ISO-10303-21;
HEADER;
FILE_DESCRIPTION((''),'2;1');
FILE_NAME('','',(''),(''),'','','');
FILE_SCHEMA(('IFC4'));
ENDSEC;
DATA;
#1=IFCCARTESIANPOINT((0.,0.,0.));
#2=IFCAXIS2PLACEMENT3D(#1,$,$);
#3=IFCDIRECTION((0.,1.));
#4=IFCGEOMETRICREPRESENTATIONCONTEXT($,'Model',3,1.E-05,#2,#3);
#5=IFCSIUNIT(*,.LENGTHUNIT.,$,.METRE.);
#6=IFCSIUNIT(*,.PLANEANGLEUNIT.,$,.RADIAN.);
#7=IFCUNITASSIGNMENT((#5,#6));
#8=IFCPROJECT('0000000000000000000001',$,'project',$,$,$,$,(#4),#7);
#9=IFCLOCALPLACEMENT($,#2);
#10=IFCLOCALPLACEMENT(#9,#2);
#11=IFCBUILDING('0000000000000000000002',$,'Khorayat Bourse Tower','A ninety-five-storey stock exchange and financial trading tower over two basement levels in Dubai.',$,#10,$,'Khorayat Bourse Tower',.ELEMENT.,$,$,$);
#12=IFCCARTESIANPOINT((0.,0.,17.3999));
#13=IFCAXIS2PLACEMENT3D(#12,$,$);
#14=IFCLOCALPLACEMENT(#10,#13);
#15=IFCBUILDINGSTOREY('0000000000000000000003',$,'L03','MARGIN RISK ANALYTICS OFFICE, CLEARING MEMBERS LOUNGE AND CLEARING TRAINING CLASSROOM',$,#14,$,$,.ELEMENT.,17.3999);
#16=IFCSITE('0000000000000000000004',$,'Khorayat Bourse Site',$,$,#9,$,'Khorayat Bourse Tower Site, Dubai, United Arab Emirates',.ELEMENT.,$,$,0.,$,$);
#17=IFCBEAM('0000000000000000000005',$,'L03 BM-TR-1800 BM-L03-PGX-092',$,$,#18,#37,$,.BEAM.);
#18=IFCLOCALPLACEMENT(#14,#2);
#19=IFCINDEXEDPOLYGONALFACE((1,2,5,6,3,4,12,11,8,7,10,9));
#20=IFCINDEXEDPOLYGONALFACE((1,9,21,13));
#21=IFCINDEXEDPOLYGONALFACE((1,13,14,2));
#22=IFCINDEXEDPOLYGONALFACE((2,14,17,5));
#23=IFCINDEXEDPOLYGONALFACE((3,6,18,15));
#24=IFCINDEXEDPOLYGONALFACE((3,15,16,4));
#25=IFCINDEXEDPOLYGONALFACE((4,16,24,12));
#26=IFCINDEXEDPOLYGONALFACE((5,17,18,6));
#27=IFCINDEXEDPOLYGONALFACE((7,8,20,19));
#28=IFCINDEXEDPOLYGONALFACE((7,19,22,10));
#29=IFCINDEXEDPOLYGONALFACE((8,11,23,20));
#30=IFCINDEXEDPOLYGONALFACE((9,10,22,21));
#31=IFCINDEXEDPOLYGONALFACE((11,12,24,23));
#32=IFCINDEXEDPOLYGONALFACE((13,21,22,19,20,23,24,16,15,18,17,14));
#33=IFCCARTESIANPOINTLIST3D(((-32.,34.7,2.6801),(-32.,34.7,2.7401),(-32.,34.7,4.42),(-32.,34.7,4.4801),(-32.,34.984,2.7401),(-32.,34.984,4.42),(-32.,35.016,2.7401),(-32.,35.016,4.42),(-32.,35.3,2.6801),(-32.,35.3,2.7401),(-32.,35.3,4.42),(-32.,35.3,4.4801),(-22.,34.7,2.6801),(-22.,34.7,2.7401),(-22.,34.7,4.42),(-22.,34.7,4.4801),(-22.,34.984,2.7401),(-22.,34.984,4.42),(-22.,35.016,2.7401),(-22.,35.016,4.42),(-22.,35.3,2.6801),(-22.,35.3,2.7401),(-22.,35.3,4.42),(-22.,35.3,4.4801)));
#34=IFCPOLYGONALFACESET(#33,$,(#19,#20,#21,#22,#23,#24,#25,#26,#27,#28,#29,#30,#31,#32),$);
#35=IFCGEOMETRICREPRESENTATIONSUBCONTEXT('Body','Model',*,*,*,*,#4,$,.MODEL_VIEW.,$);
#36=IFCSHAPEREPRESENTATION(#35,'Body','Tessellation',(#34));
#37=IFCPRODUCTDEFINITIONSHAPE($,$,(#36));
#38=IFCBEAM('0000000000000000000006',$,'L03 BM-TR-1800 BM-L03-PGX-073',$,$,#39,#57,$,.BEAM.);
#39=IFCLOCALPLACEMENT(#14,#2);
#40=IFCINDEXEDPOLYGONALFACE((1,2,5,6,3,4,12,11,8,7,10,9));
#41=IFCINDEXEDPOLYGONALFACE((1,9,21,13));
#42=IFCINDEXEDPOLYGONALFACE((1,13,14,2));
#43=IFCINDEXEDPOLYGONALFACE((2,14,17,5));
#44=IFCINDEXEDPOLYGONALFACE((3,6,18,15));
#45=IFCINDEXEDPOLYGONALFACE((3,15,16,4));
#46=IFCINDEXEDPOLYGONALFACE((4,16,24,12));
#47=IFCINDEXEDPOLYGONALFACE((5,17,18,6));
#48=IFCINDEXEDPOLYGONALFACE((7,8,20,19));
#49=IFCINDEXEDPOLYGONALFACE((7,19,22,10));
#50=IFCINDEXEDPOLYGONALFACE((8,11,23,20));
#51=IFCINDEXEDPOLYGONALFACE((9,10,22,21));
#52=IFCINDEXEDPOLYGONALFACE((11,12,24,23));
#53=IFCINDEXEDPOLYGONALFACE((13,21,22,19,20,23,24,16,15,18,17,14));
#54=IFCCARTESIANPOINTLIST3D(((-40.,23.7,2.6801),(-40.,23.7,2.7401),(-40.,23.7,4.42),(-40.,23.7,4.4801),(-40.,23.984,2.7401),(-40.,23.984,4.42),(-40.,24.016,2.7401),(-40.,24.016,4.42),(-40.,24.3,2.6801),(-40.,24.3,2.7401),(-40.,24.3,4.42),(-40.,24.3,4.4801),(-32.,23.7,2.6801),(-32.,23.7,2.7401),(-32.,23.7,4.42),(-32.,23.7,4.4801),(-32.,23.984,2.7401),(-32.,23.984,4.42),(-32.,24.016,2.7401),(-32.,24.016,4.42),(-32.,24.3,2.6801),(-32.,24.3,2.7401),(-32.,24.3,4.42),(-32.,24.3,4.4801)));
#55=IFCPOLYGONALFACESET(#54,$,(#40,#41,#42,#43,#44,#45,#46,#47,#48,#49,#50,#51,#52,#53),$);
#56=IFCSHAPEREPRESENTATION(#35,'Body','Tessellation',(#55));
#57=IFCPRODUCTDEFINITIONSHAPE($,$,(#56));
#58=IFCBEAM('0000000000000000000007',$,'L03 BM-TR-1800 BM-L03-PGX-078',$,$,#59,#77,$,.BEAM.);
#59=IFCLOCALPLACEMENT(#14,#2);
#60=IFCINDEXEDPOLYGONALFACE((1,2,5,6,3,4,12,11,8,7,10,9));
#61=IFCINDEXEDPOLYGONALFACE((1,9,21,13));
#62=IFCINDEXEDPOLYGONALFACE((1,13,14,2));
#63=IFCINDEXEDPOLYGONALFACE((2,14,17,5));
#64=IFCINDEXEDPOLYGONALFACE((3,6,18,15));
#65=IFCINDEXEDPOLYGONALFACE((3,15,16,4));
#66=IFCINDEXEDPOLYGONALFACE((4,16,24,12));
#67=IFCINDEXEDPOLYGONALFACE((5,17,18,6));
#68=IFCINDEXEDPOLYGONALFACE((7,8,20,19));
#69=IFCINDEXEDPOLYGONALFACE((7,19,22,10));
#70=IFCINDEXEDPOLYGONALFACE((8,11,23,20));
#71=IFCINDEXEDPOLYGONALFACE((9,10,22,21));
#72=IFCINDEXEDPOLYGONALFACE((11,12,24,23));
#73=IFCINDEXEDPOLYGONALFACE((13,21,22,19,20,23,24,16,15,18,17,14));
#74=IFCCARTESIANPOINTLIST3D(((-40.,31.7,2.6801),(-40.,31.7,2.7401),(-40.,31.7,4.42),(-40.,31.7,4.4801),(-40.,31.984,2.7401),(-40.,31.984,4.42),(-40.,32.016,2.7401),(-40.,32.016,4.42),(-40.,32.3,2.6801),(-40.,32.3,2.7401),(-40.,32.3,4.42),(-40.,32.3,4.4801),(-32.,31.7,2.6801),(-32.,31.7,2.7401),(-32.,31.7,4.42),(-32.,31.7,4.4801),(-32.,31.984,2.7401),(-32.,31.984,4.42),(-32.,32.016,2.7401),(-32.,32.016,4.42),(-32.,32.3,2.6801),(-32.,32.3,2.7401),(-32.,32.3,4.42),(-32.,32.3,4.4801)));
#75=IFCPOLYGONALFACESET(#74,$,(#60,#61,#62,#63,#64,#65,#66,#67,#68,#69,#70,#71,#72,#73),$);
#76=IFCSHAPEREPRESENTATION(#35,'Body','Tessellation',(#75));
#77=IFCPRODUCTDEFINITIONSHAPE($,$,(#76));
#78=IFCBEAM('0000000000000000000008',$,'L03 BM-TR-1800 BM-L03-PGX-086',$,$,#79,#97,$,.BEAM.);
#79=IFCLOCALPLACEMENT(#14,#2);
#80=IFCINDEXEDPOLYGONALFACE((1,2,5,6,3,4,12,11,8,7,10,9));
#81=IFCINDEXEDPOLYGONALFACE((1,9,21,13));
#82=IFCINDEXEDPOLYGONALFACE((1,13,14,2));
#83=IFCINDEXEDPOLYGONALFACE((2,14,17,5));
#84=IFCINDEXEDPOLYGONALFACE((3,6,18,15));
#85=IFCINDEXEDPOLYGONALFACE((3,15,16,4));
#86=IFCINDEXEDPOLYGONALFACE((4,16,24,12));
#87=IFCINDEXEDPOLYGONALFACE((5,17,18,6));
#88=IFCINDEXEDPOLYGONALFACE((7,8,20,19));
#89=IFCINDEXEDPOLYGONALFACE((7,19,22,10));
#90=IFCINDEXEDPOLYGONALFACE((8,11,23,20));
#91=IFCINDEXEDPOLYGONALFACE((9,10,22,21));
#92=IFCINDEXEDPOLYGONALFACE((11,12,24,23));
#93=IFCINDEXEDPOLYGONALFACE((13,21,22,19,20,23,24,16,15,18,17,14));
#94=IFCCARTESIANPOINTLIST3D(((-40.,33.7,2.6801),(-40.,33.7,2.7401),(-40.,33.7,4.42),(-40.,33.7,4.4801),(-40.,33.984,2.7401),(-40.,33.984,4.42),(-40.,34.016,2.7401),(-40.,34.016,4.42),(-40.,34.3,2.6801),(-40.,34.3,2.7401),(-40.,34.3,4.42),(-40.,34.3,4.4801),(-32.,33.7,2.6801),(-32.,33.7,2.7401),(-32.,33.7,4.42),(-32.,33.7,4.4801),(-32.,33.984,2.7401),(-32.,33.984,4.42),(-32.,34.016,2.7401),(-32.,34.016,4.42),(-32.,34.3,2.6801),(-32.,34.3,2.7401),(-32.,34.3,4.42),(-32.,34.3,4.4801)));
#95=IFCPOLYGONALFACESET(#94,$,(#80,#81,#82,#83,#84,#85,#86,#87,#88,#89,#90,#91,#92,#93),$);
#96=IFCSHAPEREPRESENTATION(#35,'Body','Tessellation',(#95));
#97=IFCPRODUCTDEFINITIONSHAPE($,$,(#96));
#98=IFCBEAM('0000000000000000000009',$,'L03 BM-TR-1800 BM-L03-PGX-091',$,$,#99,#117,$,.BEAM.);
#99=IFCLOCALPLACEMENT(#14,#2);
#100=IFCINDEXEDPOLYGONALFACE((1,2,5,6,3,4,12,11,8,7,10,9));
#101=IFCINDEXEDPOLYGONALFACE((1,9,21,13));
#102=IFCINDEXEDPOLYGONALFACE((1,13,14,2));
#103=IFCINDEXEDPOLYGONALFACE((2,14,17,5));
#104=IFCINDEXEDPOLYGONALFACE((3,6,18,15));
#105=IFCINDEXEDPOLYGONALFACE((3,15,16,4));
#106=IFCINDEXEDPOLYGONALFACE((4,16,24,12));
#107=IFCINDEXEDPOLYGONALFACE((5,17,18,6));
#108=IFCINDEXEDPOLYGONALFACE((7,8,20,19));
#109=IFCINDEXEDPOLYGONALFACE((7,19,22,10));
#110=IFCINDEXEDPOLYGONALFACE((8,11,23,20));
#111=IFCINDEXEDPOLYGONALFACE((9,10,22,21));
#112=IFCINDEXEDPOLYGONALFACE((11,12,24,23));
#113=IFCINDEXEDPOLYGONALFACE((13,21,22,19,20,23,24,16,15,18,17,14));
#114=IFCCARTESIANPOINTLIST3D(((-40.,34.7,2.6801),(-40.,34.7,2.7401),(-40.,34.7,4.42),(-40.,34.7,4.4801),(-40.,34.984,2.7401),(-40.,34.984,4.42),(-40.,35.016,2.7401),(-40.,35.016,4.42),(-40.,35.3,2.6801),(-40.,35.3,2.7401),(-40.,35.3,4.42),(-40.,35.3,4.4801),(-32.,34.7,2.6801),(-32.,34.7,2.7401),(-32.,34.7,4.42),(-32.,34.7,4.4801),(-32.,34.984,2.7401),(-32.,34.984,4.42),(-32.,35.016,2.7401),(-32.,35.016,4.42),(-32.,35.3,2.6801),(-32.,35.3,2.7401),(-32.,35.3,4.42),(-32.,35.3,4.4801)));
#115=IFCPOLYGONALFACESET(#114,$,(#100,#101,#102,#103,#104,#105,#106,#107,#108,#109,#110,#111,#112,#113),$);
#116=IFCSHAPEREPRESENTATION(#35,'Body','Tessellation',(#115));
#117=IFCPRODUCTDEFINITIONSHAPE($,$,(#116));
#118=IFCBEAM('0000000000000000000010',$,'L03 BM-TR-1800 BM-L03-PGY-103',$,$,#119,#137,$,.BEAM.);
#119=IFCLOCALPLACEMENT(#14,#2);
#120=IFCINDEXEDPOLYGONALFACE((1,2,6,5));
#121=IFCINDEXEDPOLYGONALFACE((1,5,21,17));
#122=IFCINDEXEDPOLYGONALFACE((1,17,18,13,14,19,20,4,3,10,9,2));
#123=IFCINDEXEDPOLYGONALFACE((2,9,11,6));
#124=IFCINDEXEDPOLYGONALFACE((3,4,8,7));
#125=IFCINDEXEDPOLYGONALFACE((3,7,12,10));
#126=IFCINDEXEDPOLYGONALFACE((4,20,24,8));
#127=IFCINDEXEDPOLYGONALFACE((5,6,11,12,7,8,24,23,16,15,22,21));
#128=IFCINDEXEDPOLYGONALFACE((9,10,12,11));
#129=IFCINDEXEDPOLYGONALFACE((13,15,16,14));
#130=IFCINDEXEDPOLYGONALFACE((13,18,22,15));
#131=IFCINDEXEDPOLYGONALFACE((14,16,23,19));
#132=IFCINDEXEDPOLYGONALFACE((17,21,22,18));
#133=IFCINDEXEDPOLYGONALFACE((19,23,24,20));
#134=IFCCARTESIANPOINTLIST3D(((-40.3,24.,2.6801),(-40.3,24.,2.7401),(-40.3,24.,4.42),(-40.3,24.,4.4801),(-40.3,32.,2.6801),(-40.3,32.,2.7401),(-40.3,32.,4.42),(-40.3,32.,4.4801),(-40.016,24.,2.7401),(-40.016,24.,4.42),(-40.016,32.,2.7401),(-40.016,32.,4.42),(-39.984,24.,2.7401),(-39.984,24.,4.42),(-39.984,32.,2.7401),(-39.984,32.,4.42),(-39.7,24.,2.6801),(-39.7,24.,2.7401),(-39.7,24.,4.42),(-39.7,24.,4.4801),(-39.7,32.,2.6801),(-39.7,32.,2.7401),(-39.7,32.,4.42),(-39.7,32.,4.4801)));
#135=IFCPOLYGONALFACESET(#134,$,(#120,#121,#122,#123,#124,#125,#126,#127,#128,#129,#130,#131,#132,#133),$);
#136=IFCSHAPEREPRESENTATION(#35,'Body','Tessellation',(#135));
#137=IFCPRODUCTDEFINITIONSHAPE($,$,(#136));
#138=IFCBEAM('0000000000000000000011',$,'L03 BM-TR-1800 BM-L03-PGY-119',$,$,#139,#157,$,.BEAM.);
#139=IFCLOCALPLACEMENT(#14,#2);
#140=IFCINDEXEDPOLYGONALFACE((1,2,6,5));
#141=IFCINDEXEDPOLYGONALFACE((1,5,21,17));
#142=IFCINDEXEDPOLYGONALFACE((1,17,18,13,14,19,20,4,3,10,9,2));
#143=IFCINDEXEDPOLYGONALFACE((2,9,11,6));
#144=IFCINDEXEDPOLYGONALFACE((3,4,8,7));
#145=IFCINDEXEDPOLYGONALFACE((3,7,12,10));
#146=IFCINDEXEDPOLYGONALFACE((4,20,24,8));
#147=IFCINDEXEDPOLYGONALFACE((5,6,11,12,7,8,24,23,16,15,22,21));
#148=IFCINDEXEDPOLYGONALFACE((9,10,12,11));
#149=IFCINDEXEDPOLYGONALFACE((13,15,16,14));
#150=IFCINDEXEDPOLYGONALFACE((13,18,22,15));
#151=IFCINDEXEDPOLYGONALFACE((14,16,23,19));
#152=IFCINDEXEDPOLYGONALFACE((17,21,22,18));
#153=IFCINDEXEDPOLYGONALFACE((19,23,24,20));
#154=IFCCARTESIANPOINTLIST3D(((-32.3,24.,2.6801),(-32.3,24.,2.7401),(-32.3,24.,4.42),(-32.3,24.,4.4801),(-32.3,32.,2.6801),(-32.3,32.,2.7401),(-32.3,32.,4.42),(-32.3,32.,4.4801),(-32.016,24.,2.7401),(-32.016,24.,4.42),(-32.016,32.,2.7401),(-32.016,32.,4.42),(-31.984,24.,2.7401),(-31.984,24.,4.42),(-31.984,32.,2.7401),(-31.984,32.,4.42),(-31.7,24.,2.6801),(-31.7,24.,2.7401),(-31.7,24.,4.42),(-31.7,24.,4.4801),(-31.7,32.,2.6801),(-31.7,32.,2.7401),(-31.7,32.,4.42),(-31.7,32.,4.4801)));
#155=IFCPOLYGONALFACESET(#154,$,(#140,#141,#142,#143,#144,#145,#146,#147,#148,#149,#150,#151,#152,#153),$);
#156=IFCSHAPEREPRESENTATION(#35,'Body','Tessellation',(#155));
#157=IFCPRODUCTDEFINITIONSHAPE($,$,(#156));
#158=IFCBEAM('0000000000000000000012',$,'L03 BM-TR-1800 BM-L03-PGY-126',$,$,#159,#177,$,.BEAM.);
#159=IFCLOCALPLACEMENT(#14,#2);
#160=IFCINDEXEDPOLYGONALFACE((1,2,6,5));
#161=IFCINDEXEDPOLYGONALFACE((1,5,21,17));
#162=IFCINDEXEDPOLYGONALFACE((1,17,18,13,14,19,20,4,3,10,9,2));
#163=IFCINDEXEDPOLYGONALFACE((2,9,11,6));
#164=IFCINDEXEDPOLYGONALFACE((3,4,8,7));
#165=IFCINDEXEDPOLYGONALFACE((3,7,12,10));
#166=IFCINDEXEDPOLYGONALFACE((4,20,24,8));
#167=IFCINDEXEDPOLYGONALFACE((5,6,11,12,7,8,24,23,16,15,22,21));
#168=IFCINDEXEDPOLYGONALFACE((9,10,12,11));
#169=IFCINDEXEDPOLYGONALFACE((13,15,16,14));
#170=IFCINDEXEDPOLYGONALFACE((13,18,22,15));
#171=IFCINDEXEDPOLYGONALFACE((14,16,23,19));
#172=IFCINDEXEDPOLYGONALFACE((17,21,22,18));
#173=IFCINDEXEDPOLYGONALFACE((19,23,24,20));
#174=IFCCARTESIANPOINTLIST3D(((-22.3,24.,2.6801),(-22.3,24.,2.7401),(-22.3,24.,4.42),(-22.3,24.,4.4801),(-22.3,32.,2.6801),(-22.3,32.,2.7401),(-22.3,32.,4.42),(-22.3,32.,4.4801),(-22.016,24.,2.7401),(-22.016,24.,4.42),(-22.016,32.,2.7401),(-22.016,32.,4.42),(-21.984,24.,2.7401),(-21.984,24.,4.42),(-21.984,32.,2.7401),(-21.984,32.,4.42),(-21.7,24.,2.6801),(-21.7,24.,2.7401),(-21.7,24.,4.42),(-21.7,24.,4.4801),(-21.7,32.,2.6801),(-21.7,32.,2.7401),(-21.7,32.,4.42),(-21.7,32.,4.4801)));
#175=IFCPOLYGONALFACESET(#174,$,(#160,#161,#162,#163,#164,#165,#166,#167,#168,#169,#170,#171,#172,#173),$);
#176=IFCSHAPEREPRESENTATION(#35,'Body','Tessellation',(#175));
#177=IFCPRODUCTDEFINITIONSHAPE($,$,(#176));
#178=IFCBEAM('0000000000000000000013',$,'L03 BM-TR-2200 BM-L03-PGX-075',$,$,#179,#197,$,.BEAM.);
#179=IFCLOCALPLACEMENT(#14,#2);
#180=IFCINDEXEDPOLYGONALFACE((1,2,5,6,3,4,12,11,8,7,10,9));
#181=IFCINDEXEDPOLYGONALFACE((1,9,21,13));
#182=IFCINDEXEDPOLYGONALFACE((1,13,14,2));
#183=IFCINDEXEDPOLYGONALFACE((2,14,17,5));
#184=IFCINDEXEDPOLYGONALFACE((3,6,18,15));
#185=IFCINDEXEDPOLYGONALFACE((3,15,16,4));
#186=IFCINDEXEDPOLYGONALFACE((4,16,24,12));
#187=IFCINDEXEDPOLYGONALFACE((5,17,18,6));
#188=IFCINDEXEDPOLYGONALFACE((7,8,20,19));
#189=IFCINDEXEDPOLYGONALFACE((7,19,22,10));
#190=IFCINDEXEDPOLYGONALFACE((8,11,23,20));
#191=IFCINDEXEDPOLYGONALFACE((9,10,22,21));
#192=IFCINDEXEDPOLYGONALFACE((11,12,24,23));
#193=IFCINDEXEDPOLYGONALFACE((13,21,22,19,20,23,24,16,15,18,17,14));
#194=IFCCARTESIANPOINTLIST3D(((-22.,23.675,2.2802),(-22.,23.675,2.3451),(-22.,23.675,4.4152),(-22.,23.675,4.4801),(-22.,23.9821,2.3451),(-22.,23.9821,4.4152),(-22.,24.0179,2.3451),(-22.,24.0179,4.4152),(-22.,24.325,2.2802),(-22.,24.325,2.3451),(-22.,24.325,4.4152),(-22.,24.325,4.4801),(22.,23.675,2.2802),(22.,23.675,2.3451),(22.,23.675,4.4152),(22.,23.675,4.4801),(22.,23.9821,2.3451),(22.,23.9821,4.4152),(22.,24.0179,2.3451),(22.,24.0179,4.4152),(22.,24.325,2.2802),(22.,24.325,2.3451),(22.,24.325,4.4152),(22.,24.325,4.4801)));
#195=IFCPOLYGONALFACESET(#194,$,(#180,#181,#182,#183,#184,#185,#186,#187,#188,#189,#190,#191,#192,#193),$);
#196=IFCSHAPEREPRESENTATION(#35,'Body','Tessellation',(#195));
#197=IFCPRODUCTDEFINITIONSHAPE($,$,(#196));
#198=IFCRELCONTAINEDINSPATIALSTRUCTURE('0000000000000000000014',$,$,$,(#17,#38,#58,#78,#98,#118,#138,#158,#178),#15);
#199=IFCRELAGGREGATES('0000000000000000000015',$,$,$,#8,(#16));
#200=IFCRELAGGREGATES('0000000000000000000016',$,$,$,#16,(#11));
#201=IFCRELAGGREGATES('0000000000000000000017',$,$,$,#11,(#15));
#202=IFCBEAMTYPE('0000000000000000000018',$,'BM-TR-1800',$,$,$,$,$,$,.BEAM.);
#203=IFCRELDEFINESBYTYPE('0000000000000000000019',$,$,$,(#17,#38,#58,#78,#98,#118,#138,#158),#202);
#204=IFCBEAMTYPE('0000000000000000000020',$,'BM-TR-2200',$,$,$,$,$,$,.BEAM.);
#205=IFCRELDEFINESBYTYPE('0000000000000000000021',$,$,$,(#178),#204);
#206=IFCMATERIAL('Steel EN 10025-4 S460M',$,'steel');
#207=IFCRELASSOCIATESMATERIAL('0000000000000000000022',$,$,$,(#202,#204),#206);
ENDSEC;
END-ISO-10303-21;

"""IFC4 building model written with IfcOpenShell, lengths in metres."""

from ifc_helpers import new_model, si_unit, direction, frame, origin, origin_2d, place, context, subcontext, project, spatial, i_section, extrude, source, transform, mapped, material, material_profile, profile_set, type_object, element, save


model = new_model("IFC4")

# Units and contexts
model_context = context("Model", 3, precision=1e-05, world=origin(), true_north=direction((0.0, 1.0)))
body_context = subcontext(model_context, "Body", "Model", "MODEL_VIEW")
ifc_project = project(units=[si_unit("LENGTHUNIT", "METRE"), si_unit("PLANEANGLEUNIT", "RADIAN")], contexts=[model_context])

# Site, building, storey
site_placement = place(None, origin())
site = spatial("IfcSite", under=ifc_project, at=site_placement, Name="Khorayat Bourse Site", LongName="Khorayat Bourse Tower Site, Dubai, United Arab Emirates", CompositionType="ELEMENT", RefElevation=0.0)
building_placement = place(site_placement, origin())
building = spatial("IfcBuilding", under=site, at=building_placement, Name="Khorayat Bourse Tower", Description="A ninety-five-storey stock exchange and financial trading tower over two basement levels in Dubai.", LongName="Khorayat Bourse Tower", CompositionType="ELEMENT")
storey_placement = place(building_placement, frame((0.0, 0.0, 17.3999)))
storey = spatial("IfcBuildingStorey", under=building, at=storey_placement, Name="L03", Description="MARGIN RISK ANALYTICS OFFICE, CLEARING MEMBERS LOUNGE AND CLEARING TRAINING CLASSROOM", CompositionType="ELEMENT", Elevation=17.3999)

# Beams
ifc_material_1 = material(Name="Steel EN 10025-4 S460M", Category="steel")
ifc_material_profile_1 = material_profile(ifc_material_1, i_section(OverallWidth=0.6001, OverallDepth=1.8, WebThickness=0.032, FlangeThickness=0.0601, at=origin_2d()), Name="PG 1800x600x32x60")
ifc_profile_set_1 = profile_set([ifc_material_profile_1], Name="Steel EN 10025-4 S460M")
beam_type_1 = type_object("IfcBeamType", Name="BM-TR-1800", PredefinedType="BEAM", material=ifc_profile_set_1)
shared_shape_1 = source(origin(), body_context, "Body", "SweptSolid", [
    extrude(i_section(OverallWidth=0.6001, OverallDepth=1.8, WebThickness=0.032, FlangeThickness=0.0601, at=origin_2d()), origin(), (0.0, 0.0, 1.0), 10.0),
])
for number, where, z_axis, x_axis, name in (
    (1, (-32.0, 35.0, 3.5801), (1.0, 0.0, 0.0), (0.0, 1.0, 0.0), "L03 BM-TR-1800 BM-L03-PGX-092"),
):
    element("IfcBeam", number, at=place(storey_placement, frame(where, z_axis=z_axis, x_axis=x_axis)), inside=storey, type_object=beam_type_1, Name=name, PredefinedType="BEAM", context=body_context, shape_type="MappedRepresentation", body=[
        mapped(shared_shape_1, transform((0.0, 0.0, 0.0), scale=1.0)),
    ])
shared_shape_2 = source(origin(), body_context, "Body", "SweptSolid", [
    extrude(i_section(OverallWidth=0.6001, OverallDepth=1.8, WebThickness=0.032, FlangeThickness=0.0601, at=origin_2d()), origin(), (0.0, 0.0, 1.0), 8.0),
])
for number, where, z_axis, x_axis, name in (
    (2, (-40.0, 24.0, 3.5801), (1.0, 0.0, 0.0), (0.0, 1.0, 0.0), "L03 BM-TR-1800 BM-L03-PGX-073"),
    (3, (-40.0, 32.0, 3.5801), (1.0, 0.0, 0.0), (0.0, 1.0, 0.0), "L03 BM-TR-1800 BM-L03-PGX-078"),
    (4, (-40.0, 34.0, 3.5801), (1.0, 0.0, 0.0), (0.0, 1.0, 0.0), "L03 BM-TR-1800 BM-L03-PGX-086"),
    (5, (-40.0, 35.0, 3.5801), (1.0, 0.0, 0.0), (0.0, 1.0, 0.0), "L03 BM-TR-1800 BM-L03-PGX-091"),
    (6, (-40.0, 24.0, 3.5801), (0.0, 1.0, 0.0), (-1.0, 0.0, 0.0), "L03 BM-TR-1800 BM-L03-PGY-103"),
    (7, (-32.0, 24.0, 3.5801), (0.0, 1.0, 0.0), (-1.0, 0.0, 0.0), "L03 BM-TR-1800 BM-L03-PGY-119"),
    (8, (-22.0, 24.0, 3.5801), (0.0, 1.0, 0.0), (-1.0, 0.0, 0.0), "L03 BM-TR-1800 BM-L03-PGY-126"),
):
    element("IfcBeam", number, at=place(storey_placement, frame(where, z_axis=z_axis, x_axis=x_axis)), inside=storey, type_object=beam_type_1, Name=name, PredefinedType="BEAM", context=body_context, shape_type="MappedRepresentation", body=[
        mapped(shared_shape_2, transform((0.0, 0.0, 0.0), scale=1.0)),
    ])
ifc_material_profile_2 = material_profile(ifc_material_1, i_section(OverallWidth=0.6499, OverallDepth=2.2, WebThickness=0.0359, FlangeThickness=0.0649, at=origin_2d()), Name="PG 2200x650x36x65")
ifc_profile_set_2 = profile_set([ifc_material_profile_2], Name="Steel EN 10025-4 S460M")
beam_type_2 = type_object("IfcBeamType", Name="BM-TR-2200", PredefinedType="BEAM", material=ifc_profile_set_2)
shared_shape_3 = source(origin(), body_context, "Body", "SweptSolid", [
    extrude(i_section(OverallWidth=0.6499, OverallDepth=2.2, WebThickness=0.0359, FlangeThickness=0.0649, at=origin_2d()), origin(), (0.0, 0.0, 1.0), 44.0),
])
beam_1_placement = place(storey_placement, frame((-22.0, 24.0, 3.3801), z_axis=(1.0, 0.0, 0.0), x_axis=(0.0, 1.0, 0.0)))
element("IfcBeam", 9, at=beam_1_placement, inside=storey, type_object=beam_type_2, Name="L03 BM-TR-2200 BM-L03-PGX-075", PredefinedType="BEAM", context=body_context, shape_type="MappedRepresentation", body=[
    mapped(shared_shape_3, transform((0.0, 0.0, 0.0), scale=1.0)),
])

save(model, "model.ifc")
